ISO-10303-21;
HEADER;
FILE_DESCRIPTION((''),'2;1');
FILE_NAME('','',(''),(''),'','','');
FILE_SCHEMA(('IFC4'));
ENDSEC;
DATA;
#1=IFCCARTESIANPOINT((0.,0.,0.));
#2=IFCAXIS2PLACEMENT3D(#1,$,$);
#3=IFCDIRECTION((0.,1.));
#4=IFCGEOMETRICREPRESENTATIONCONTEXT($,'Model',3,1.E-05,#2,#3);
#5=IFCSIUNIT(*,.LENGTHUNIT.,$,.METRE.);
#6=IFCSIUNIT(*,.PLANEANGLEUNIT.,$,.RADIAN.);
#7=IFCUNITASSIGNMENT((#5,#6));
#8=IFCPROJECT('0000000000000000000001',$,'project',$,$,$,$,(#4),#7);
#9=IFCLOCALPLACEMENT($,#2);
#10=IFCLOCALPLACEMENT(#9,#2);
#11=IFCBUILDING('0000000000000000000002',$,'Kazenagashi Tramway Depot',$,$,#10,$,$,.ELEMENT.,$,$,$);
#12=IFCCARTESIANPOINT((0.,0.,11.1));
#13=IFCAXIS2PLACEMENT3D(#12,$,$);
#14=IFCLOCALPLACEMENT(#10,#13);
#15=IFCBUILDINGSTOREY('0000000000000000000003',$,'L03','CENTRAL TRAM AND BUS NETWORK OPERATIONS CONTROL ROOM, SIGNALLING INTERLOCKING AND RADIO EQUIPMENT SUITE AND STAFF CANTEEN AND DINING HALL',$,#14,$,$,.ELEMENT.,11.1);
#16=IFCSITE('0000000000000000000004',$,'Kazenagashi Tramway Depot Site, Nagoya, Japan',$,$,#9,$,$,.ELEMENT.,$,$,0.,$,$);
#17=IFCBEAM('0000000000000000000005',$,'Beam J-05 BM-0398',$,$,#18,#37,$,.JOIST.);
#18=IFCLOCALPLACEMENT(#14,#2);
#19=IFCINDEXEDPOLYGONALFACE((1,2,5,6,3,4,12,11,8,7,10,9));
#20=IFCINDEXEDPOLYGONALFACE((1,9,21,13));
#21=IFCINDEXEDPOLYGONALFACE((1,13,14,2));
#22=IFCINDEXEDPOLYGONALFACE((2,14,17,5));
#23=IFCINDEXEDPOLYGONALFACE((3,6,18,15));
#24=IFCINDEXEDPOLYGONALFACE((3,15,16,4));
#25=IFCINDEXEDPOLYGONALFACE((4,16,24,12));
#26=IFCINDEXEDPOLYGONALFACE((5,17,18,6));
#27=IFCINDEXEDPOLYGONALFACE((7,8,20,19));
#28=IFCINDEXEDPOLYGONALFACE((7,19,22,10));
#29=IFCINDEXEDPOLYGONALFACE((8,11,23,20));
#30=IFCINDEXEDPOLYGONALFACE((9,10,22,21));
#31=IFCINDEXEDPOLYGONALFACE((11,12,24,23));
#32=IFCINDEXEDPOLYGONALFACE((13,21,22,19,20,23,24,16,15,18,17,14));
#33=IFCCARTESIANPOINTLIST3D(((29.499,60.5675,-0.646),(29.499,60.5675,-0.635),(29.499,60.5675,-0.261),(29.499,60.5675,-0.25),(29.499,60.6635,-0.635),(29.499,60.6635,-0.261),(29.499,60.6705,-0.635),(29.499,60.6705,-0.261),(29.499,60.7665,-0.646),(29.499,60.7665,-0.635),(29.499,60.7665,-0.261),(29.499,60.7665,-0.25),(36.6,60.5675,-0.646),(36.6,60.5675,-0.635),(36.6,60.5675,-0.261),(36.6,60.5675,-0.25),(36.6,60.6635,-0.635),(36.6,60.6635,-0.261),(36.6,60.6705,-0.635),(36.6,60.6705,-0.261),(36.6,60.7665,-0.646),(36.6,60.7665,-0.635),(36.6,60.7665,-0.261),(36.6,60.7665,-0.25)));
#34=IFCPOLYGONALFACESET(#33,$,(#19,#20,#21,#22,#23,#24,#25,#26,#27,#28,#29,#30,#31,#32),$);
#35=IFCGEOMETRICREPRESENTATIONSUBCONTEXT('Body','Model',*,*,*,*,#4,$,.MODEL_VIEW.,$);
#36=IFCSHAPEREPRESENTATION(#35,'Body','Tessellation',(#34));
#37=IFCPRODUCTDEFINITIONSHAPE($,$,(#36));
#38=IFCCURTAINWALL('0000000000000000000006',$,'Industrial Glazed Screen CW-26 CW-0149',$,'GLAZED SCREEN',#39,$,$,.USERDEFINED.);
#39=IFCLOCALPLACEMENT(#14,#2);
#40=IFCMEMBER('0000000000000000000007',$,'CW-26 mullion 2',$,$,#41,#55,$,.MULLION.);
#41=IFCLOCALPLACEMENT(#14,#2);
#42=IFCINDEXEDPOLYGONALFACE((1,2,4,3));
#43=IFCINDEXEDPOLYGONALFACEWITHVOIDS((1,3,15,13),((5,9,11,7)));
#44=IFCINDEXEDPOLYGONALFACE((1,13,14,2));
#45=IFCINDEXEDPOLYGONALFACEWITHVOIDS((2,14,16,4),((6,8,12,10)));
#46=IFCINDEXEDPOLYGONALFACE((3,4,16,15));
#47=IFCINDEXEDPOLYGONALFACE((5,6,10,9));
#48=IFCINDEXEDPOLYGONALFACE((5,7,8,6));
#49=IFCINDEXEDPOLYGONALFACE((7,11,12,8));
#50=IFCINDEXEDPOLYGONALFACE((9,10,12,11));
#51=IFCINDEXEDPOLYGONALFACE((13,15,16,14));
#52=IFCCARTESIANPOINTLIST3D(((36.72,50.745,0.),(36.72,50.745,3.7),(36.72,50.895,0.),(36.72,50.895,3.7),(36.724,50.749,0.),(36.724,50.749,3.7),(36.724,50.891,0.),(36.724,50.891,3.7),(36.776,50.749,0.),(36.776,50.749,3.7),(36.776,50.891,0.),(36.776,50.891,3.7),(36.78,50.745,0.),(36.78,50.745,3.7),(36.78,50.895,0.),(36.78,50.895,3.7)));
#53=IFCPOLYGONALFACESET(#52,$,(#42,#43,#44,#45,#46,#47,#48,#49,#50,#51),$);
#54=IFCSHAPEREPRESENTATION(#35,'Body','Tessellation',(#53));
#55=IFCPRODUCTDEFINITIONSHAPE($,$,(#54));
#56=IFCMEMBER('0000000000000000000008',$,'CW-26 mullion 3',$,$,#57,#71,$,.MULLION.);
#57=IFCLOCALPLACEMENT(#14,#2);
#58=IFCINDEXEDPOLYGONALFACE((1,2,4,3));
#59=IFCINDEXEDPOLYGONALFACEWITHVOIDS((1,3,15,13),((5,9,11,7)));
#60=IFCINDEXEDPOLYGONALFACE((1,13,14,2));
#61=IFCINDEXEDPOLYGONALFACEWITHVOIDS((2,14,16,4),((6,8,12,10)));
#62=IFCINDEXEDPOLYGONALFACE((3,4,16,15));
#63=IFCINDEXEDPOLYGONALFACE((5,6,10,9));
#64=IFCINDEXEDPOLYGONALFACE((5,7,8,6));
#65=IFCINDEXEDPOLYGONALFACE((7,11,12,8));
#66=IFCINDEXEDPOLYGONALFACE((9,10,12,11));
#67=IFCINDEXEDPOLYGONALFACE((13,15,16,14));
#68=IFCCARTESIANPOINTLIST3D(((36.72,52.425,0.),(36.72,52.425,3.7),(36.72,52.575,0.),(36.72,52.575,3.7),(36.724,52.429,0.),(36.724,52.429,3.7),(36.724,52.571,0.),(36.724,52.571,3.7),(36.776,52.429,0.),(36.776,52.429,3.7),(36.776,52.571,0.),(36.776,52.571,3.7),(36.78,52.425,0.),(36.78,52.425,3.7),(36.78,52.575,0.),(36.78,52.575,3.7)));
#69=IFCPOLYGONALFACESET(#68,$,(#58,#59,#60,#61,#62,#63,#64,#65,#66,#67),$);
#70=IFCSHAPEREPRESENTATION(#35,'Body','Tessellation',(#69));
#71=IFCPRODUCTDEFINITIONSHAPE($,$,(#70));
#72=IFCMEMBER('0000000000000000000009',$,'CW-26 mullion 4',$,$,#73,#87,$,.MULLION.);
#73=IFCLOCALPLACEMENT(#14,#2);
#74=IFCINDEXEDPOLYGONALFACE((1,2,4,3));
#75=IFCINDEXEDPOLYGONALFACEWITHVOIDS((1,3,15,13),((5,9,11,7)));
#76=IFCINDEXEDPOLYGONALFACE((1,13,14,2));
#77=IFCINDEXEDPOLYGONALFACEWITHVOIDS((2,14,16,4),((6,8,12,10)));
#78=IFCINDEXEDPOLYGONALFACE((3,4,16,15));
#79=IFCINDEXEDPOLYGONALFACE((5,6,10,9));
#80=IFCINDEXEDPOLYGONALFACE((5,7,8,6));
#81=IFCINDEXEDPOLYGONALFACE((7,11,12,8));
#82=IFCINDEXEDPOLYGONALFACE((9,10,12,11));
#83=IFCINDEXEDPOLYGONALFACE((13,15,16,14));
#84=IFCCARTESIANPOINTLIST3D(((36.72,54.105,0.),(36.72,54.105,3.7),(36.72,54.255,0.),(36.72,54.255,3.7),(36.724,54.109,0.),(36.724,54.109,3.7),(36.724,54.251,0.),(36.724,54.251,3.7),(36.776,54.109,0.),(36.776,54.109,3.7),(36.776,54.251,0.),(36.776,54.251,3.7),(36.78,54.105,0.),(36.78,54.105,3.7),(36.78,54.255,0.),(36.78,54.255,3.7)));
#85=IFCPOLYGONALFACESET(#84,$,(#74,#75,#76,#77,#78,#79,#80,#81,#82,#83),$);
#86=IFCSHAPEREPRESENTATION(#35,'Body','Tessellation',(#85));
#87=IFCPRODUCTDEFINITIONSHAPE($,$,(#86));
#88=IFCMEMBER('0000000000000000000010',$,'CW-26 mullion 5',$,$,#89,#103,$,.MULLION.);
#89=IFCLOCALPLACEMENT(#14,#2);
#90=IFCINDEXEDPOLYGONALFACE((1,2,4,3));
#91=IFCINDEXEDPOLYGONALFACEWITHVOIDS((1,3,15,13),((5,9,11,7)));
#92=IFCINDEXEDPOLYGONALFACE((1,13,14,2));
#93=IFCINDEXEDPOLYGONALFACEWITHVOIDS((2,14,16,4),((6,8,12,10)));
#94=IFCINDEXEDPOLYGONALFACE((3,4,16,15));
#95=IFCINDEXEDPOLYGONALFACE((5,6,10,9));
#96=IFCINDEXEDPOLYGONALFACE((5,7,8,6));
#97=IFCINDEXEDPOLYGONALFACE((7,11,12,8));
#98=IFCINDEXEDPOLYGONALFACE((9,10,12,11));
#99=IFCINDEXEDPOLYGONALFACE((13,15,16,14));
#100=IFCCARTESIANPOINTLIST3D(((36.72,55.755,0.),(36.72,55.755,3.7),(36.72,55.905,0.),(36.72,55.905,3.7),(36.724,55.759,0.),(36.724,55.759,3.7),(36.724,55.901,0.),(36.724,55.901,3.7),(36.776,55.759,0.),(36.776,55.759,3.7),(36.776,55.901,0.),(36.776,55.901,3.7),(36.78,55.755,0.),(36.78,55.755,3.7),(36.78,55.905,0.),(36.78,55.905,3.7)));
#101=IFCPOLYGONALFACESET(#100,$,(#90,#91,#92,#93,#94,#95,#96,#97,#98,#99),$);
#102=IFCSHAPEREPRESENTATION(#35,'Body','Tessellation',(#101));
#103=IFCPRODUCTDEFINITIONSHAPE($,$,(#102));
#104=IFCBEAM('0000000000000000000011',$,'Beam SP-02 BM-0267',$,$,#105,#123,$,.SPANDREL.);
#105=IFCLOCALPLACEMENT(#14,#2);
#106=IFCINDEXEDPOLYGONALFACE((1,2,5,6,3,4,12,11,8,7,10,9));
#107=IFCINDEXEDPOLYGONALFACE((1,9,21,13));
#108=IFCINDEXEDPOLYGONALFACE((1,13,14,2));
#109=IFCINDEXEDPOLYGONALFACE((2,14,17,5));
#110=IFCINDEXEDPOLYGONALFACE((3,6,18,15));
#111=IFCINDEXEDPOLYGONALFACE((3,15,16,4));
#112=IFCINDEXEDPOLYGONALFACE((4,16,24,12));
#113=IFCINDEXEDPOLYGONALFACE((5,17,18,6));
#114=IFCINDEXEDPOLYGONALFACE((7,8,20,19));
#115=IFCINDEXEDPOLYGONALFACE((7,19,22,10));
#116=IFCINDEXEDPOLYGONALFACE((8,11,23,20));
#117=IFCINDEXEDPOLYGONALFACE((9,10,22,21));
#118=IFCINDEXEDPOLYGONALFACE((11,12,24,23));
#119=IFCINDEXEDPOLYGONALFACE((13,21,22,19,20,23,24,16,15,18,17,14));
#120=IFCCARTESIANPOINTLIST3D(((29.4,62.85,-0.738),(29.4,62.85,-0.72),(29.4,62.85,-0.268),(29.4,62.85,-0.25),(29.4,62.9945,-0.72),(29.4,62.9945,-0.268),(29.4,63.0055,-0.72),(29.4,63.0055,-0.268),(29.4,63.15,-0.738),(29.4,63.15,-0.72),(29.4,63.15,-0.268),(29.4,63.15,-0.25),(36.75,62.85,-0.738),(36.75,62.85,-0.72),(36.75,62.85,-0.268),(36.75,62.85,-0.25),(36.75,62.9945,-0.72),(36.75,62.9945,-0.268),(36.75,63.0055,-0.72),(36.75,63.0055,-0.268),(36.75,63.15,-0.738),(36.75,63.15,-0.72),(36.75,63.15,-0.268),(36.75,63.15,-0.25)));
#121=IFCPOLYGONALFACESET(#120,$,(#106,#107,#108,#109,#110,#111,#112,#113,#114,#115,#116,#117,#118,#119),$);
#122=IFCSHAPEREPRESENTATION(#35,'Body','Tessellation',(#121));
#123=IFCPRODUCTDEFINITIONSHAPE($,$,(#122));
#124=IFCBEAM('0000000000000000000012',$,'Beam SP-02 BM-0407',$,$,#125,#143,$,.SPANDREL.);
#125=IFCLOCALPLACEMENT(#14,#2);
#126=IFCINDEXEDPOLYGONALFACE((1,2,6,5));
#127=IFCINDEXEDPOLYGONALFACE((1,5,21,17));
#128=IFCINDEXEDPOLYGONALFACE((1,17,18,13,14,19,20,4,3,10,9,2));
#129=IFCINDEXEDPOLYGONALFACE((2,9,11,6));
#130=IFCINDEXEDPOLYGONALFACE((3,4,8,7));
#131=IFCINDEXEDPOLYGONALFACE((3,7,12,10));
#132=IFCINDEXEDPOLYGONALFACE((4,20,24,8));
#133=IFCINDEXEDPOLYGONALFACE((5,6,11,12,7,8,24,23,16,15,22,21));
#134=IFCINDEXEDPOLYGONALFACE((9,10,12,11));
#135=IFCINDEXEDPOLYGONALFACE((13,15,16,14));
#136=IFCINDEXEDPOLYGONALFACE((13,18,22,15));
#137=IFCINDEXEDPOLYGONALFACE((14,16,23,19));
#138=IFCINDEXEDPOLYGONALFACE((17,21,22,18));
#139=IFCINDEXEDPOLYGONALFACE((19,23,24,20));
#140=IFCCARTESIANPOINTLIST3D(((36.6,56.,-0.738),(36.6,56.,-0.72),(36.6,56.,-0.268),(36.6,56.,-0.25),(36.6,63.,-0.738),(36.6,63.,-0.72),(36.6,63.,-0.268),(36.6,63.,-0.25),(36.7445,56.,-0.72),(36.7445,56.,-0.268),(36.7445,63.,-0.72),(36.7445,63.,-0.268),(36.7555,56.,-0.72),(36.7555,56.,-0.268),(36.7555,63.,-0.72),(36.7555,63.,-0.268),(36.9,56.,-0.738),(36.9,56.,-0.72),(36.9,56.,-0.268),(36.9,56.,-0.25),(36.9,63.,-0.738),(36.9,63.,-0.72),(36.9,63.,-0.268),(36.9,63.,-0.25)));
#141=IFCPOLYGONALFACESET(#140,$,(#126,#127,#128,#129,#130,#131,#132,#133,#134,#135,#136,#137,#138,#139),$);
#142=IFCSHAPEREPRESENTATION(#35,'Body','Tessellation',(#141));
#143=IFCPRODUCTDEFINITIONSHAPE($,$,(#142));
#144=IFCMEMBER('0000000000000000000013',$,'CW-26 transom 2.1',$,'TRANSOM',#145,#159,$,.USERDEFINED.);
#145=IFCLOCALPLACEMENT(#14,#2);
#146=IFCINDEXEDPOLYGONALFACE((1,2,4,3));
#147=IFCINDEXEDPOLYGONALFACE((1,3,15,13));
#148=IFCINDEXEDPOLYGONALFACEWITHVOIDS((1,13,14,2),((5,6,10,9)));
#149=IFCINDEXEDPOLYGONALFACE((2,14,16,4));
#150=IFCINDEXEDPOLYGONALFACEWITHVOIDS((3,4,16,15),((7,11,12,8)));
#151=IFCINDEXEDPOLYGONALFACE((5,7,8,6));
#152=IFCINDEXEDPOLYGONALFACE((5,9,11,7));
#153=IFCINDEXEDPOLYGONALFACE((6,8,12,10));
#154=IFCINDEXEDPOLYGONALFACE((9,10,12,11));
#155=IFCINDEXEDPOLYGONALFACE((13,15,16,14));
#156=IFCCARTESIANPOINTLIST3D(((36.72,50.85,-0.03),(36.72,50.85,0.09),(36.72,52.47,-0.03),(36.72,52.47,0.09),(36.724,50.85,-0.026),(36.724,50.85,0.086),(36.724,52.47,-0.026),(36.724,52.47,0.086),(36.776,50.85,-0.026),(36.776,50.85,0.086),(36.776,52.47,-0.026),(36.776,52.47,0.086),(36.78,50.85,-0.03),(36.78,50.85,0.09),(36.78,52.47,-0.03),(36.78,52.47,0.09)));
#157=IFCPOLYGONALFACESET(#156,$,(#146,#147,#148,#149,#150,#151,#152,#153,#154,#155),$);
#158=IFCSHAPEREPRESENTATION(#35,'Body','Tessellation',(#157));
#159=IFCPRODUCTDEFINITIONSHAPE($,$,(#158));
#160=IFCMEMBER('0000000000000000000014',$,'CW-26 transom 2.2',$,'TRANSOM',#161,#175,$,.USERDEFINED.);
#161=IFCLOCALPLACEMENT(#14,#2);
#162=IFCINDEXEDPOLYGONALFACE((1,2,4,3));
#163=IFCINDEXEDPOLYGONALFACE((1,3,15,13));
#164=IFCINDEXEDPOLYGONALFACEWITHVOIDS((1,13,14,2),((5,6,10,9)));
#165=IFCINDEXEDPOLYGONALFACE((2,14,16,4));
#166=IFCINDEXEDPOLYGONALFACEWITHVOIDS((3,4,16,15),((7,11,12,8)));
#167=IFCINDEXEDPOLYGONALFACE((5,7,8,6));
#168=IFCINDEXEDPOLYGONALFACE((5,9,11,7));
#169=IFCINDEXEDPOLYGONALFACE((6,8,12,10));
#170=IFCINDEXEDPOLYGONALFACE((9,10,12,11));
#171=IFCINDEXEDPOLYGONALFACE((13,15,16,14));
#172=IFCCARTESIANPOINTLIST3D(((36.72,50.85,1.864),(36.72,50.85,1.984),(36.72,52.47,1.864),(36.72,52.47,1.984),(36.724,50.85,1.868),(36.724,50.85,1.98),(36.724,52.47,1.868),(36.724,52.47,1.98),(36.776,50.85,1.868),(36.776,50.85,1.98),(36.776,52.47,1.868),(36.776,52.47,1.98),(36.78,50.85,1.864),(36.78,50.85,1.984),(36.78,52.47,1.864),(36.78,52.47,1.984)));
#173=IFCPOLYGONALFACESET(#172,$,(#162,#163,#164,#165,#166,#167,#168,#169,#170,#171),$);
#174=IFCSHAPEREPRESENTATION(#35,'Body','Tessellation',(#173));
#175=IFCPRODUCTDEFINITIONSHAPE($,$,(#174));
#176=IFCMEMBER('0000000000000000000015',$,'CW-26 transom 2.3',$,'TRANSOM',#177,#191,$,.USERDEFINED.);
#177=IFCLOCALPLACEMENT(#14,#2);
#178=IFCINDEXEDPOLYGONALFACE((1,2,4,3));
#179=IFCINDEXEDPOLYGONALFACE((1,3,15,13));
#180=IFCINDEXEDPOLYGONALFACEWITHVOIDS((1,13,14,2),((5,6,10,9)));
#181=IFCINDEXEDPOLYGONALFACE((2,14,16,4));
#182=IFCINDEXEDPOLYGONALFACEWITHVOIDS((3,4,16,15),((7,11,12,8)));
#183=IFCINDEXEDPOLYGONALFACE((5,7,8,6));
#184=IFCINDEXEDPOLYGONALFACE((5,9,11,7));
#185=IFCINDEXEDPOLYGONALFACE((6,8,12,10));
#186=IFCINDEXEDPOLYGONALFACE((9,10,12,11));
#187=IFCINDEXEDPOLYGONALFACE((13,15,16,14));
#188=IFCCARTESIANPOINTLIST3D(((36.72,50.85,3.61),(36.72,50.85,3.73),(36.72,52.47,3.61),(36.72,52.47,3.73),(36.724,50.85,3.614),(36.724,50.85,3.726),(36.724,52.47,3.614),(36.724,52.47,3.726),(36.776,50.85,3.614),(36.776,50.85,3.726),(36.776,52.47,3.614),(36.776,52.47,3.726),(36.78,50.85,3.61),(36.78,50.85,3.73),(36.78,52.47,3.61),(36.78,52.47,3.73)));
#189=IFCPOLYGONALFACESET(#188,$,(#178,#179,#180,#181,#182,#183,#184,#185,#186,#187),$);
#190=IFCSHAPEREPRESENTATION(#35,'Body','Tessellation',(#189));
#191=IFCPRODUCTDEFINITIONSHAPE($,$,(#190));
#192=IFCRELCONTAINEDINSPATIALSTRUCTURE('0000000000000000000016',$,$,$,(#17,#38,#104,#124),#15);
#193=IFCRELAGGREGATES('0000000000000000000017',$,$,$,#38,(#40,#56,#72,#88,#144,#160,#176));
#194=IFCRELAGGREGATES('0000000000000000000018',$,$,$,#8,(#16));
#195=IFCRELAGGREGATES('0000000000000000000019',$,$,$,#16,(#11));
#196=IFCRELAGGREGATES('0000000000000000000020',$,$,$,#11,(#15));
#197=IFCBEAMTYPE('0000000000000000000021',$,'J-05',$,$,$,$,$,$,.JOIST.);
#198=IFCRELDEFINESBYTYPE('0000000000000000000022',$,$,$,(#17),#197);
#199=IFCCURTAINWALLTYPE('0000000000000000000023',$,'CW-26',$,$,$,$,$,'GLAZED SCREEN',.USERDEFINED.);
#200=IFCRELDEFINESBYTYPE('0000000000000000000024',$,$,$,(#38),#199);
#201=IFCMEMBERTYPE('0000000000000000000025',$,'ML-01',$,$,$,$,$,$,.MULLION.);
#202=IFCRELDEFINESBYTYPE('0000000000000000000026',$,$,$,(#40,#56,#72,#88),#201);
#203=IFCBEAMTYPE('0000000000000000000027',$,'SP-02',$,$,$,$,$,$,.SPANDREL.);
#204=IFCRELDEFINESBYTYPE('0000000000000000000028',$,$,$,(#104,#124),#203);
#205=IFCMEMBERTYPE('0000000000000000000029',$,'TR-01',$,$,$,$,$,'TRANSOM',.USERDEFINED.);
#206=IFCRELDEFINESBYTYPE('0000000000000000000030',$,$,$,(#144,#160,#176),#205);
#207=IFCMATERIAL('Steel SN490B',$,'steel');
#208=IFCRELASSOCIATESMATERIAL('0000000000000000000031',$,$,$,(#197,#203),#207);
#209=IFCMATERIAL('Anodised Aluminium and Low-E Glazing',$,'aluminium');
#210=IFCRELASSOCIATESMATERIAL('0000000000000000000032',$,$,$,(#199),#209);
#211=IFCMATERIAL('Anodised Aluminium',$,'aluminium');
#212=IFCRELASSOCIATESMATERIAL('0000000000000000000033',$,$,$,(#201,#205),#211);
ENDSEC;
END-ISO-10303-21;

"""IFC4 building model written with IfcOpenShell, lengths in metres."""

from ifc_helpers import new_model, si_unit, direction, frame, origin, origin_2d, place, context, subcontext, project, spatial, hollow_rectangle, i_section, extrude, material, material_profile, profile_set, type_object, element, aggregate, save


model = new_model("IFC4")

# Units and contexts
model_context = context("Model", 3, precision=1e-05, world=origin(), true_north=direction((0.0, 1.0)))
body_context = subcontext(model_context, "Body", "Model", "MODEL_VIEW")
ifc_project = project(units=[si_unit("LENGTHUNIT", "METRE"), si_unit("PLANEANGLEUNIT", "RADIAN")], contexts=[model_context])

# Site, building, storey
site_placement = place(None, origin())
site = spatial("IfcSite", under=ifc_project, at=site_placement, Name="Kazenagashi Tramway Depot Site, Nagoya, Japan", CompositionType="ELEMENT", RefElevation=0.0)
building_placement = place(site_placement, origin())
building = spatial("IfcBuilding", under=site, at=building_placement, Name="Kazenagashi Tramway Depot", CompositionType="ELEMENT")
storey_placement = place(building_placement, frame((0.0, 0.0, 11.1)))
storey = spatial("IfcBuildingStorey", under=building, at=storey_placement, Name="L03", Description="CENTRAL TRAM AND BUS NETWORK OPERATIONS CONTROL ROOM, SIGNALLING INTERLOCKING AND RADIO EQUIPMENT SUITE AND STAFF CANTEEN AND DINING HALL", CompositionType="ELEMENT", Elevation=11.1)

# Shared definitions
ifc_material_1 = material(Name="Steel SN490B", Category="steel")

# Beam
ifc_material_profile_1 = material_profile(ifc_material_1, i_section(OverallWidth=0.199, OverallDepth=0.396, WebThickness=0.007, FlangeThickness=0.011, at=origin_2d()), Name="H-396x199x7x11")
ifc_profile_set_1 = profile_set([ifc_material_profile_1], Name="Steel SN490B")
beam_type_1 = type_object("IfcBeamType", Name="J-05", PredefinedType="JOIST", material=ifc_profile_set_1)
for number, where, z_axis, x_axis, name in (
    (1, (29.499, 60.667, -0.448), (1.0, 0.0, 0.0), (0.0, 1.0, 0.0), "Beam J-05 BM-0398"),
):
    element("IfcBeam", number, at=place(storey_placement, frame(where, z_axis=z_axis, x_axis=x_axis)), inside=storey, type_object=beam_type_1, Name=name, PredefinedType="JOIST", context=body_context, shape_type="SweptSolid", body=[
        extrude(i_section(OverallWidth=0.199, OverallDepth=0.396, WebThickness=0.007, FlangeThickness=0.011, at=origin_2d()), origin(), (0.0, 0.0, 1.0), 7.101),
    ])

# Curtain wall, members
ifc_material_2 = material(Name="Anodised Aluminium and Low-E Glazing", Category="aluminium")
curtain_wall_type = type_object("IfcCurtainWallType", Name="CW-26", ElementType="GLAZED SCREEN", PredefinedType="USERDEFINED", material=ifc_material_2)
curtain_wall_placement = place(storey_placement, origin())
curtain_wall = element("IfcCurtainWall", 2, at=curtain_wall_placement, inside=storey, type_object=curtain_wall_type, Name="Industrial Glazed Screen CW-26 CW-0149", ObjectType="GLAZED SCREEN", PredefinedType="USERDEFINED")
ifc_material_3 = material(Name="Anodised Aluminium", Category="aluminium")
ifc_material_profile_2 = material_profile(ifc_material_3, hollow_rectangle(XDim=0.06, YDim=0.15, WallThickness=0.004, at=origin_2d()), Name="RHS-150x60x4")
ifc_profile_set_2 = profile_set([ifc_material_profile_2], Name="Anodised Aluminium")
member_type_1 = type_object("IfcMemberType", Name="ML-01", PredefinedType="MULLION", material=ifc_profile_set_2)
member_1_placement = place(storey_placement, frame((36.75, 50.82, 0.0), z_axis=(0.0, 0.0, 1.0), x_axis=(-1.0, 0.0, 0.0)))
member_1 = element("IfcMember", 3, at=member_1_placement, type_object=member_type_1, Name="CW-26 mullion 2", PredefinedType="MULLION", context=body_context, shape_type="SweptSolid", body=[
    extrude(hollow_rectangle(XDim=0.06, YDim=0.15, WallThickness=0.004, at=origin_2d()), origin(), (0.0, 0.0, 1.0), 3.7),
])
member_2_placement = place(storey_placement, frame((36.75, 52.5, 0.0), z_axis=(0.0, 0.0, 1.0), x_axis=(-1.0, 0.0, 0.0)))
member_2 = element("IfcMember", 4, at=member_2_placement, type_object=member_type_1, Name="CW-26 mullion 3", PredefinedType="MULLION", context=body_context, shape_type="SweptSolid", body=[
    extrude(hollow_rectangle(XDim=0.06, YDim=0.15, WallThickness=0.004, at=origin_2d()), origin(), (0.0, 0.0, 1.0), 3.7),
])
member_3_placement = place(storey_placement, frame((36.75, 54.18, 0.0), z_axis=(0.0, 0.0, 1.0), x_axis=(-1.0, 0.0, 0.0)))
member_3 = element("IfcMember", 5, at=member_3_placement, type_object=member_type_1, Name="CW-26 mullion 4", PredefinedType="MULLION", context=body_context, shape_type="SweptSolid", body=[
    extrude(hollow_rectangle(XDim=0.06, YDim=0.15, WallThickness=0.004, at=origin_2d()), origin(), (0.0, 0.0, 1.0), 3.7),
])
member_4_placement = place(storey_placement, frame((36.75, 55.83, 0.0), z_axis=(0.0, 0.0, 1.0), x_axis=(-1.0, 0.0, 0.0)))
member_4 = element("IfcMember", 6, at=member_4_placement, type_object=member_type_1, Name="CW-26 mullion 5", PredefinedType="MULLION", context=body_context, shape_type="SweptSolid", body=[
    extrude(hollow_rectangle(XDim=0.06, YDim=0.15, WallThickness=0.004, at=origin_2d()), origin(), (0.0, 0.0, 1.0), 3.7),
])

# Beams
ifc_material_profile_3 = material_profile(ifc_material_1, i_section(OverallWidth=0.3, OverallDepth=0.488, WebThickness=0.011, FlangeThickness=0.018, at=origin_2d()), Name="H-488x300x11x18")
ifc_profile_set_3 = profile_set([ifc_material_profile_3], Name="Steel SN490B")
beam_type_2 = type_object("IfcBeamType", Name="SP-02", PredefinedType="SPANDREL", material=ifc_profile_set_3)
beam_1_placement = place(storey_placement, frame((29.4, 63.0, -0.494), z_axis=(1.0, 0.0, 0.0), x_axis=(0.0, 1.0, 0.0)))
element("IfcBeam", 7, at=beam_1_placement, inside=storey, type_object=beam_type_2, Name="Beam SP-02 BM-0267", PredefinedType="SPANDREL", context=body_context, shape_type="SweptSolid", body=[
    extrude(i_section(OverallWidth=0.3, OverallDepth=0.488, WebThickness=0.011, FlangeThickness=0.018, at=origin_2d()), origin(), (0.0, 0.0, 1.0), 7.35),
])
beam_2_placement = place(storey_placement, frame((36.75, 56.0, -0.494), z_axis=(0.0, 1.0, 0.0), x_axis=(-1.0, 0.0, 0.0)))
element("IfcBeam", 8, at=beam_2_placement, inside=storey, type_object=beam_type_2, Name="Beam SP-02 BM-0407", PredefinedType="SPANDREL", context=body_context, shape_type="SweptSolid", body=[
    extrude(i_section(OverallWidth=0.3, OverallDepth=0.488, WebThickness=0.011, FlangeThickness=0.018, at=origin_2d()), origin(), (0.0, 0.0, 1.0), 7.0),
])

# Members
ifc_material_profile_4 = material_profile(ifc_material_3, hollow_rectangle(XDim=0.06, YDim=0.12, WallThickness=0.004, at=origin_2d()), Name="RHS-120x60x4")
ifc_profile_set_4 = profile_set([ifc_material_profile_4], Name="Anodised Aluminium")
member_type_2 = type_object("IfcMemberType", Name="TR-01", ElementType="TRANSOM", PredefinedType="USERDEFINED", material=ifc_profile_set_4)
member_5_placement = place(storey_placement, frame((36.75, 50.85, 0.03), z_axis=(0.0, 1.0, 0.0), x_axis=(-1.0, 0.0, 0.0)))
member_5 = element("IfcMember", 9, at=member_5_placement, type_object=member_type_2, Name="CW-26 transom 2.1", ObjectType="TRANSOM", PredefinedType="USERDEFINED", context=body_context, shape_type="SweptSolid", body=[
    extrude(hollow_rectangle(XDim=0.06, YDim=0.12, WallThickness=0.004, at=origin_2d()), origin(), (0.0, 0.0, 1.0), 1.62),
])
member_6_placement = place(storey_placement, frame((36.75, 50.85, 1.924), z_axis=(0.0, 1.0, 0.0), x_axis=(-1.0, 0.0, 0.0)))
member_6 = element("IfcMember", 10, at=member_6_placement, type_object=member_type_2, Name="CW-26 transom 2.2", ObjectType="TRANSOM", PredefinedType="USERDEFINED", context=body_context, shape_type="SweptSolid", body=[
    extrude(hollow_rectangle(XDim=0.06, YDim=0.12, WallThickness=0.004, at=origin_2d()), origin(), (0.0, 0.0, 1.0), 1.62),
])
member_7_placement = place(storey_placement, frame((36.75, 50.85, 3.67), z_axis=(0.0, 1.0, 0.0), x_axis=(-1.0, 0.0, 0.0)))
member_7 = element("IfcMember", 11, at=member_7_placement, type_object=member_type_2, Name="CW-26 transom 2.3", ObjectType="TRANSOM", PredefinedType="USERDEFINED", context=body_context, shape_type="SweptSolid", body=[
    extrude(hollow_rectangle(XDim=0.06, YDim=0.12, WallThickness=0.004, at=origin_2d()), origin(), (0.0, 0.0, 1.0), 1.62),
])

aggregate(curtain_wall, [member_1, member_2, member_3, member_4, member_5, member_6, member_7])

save(model, "model.ifc")
